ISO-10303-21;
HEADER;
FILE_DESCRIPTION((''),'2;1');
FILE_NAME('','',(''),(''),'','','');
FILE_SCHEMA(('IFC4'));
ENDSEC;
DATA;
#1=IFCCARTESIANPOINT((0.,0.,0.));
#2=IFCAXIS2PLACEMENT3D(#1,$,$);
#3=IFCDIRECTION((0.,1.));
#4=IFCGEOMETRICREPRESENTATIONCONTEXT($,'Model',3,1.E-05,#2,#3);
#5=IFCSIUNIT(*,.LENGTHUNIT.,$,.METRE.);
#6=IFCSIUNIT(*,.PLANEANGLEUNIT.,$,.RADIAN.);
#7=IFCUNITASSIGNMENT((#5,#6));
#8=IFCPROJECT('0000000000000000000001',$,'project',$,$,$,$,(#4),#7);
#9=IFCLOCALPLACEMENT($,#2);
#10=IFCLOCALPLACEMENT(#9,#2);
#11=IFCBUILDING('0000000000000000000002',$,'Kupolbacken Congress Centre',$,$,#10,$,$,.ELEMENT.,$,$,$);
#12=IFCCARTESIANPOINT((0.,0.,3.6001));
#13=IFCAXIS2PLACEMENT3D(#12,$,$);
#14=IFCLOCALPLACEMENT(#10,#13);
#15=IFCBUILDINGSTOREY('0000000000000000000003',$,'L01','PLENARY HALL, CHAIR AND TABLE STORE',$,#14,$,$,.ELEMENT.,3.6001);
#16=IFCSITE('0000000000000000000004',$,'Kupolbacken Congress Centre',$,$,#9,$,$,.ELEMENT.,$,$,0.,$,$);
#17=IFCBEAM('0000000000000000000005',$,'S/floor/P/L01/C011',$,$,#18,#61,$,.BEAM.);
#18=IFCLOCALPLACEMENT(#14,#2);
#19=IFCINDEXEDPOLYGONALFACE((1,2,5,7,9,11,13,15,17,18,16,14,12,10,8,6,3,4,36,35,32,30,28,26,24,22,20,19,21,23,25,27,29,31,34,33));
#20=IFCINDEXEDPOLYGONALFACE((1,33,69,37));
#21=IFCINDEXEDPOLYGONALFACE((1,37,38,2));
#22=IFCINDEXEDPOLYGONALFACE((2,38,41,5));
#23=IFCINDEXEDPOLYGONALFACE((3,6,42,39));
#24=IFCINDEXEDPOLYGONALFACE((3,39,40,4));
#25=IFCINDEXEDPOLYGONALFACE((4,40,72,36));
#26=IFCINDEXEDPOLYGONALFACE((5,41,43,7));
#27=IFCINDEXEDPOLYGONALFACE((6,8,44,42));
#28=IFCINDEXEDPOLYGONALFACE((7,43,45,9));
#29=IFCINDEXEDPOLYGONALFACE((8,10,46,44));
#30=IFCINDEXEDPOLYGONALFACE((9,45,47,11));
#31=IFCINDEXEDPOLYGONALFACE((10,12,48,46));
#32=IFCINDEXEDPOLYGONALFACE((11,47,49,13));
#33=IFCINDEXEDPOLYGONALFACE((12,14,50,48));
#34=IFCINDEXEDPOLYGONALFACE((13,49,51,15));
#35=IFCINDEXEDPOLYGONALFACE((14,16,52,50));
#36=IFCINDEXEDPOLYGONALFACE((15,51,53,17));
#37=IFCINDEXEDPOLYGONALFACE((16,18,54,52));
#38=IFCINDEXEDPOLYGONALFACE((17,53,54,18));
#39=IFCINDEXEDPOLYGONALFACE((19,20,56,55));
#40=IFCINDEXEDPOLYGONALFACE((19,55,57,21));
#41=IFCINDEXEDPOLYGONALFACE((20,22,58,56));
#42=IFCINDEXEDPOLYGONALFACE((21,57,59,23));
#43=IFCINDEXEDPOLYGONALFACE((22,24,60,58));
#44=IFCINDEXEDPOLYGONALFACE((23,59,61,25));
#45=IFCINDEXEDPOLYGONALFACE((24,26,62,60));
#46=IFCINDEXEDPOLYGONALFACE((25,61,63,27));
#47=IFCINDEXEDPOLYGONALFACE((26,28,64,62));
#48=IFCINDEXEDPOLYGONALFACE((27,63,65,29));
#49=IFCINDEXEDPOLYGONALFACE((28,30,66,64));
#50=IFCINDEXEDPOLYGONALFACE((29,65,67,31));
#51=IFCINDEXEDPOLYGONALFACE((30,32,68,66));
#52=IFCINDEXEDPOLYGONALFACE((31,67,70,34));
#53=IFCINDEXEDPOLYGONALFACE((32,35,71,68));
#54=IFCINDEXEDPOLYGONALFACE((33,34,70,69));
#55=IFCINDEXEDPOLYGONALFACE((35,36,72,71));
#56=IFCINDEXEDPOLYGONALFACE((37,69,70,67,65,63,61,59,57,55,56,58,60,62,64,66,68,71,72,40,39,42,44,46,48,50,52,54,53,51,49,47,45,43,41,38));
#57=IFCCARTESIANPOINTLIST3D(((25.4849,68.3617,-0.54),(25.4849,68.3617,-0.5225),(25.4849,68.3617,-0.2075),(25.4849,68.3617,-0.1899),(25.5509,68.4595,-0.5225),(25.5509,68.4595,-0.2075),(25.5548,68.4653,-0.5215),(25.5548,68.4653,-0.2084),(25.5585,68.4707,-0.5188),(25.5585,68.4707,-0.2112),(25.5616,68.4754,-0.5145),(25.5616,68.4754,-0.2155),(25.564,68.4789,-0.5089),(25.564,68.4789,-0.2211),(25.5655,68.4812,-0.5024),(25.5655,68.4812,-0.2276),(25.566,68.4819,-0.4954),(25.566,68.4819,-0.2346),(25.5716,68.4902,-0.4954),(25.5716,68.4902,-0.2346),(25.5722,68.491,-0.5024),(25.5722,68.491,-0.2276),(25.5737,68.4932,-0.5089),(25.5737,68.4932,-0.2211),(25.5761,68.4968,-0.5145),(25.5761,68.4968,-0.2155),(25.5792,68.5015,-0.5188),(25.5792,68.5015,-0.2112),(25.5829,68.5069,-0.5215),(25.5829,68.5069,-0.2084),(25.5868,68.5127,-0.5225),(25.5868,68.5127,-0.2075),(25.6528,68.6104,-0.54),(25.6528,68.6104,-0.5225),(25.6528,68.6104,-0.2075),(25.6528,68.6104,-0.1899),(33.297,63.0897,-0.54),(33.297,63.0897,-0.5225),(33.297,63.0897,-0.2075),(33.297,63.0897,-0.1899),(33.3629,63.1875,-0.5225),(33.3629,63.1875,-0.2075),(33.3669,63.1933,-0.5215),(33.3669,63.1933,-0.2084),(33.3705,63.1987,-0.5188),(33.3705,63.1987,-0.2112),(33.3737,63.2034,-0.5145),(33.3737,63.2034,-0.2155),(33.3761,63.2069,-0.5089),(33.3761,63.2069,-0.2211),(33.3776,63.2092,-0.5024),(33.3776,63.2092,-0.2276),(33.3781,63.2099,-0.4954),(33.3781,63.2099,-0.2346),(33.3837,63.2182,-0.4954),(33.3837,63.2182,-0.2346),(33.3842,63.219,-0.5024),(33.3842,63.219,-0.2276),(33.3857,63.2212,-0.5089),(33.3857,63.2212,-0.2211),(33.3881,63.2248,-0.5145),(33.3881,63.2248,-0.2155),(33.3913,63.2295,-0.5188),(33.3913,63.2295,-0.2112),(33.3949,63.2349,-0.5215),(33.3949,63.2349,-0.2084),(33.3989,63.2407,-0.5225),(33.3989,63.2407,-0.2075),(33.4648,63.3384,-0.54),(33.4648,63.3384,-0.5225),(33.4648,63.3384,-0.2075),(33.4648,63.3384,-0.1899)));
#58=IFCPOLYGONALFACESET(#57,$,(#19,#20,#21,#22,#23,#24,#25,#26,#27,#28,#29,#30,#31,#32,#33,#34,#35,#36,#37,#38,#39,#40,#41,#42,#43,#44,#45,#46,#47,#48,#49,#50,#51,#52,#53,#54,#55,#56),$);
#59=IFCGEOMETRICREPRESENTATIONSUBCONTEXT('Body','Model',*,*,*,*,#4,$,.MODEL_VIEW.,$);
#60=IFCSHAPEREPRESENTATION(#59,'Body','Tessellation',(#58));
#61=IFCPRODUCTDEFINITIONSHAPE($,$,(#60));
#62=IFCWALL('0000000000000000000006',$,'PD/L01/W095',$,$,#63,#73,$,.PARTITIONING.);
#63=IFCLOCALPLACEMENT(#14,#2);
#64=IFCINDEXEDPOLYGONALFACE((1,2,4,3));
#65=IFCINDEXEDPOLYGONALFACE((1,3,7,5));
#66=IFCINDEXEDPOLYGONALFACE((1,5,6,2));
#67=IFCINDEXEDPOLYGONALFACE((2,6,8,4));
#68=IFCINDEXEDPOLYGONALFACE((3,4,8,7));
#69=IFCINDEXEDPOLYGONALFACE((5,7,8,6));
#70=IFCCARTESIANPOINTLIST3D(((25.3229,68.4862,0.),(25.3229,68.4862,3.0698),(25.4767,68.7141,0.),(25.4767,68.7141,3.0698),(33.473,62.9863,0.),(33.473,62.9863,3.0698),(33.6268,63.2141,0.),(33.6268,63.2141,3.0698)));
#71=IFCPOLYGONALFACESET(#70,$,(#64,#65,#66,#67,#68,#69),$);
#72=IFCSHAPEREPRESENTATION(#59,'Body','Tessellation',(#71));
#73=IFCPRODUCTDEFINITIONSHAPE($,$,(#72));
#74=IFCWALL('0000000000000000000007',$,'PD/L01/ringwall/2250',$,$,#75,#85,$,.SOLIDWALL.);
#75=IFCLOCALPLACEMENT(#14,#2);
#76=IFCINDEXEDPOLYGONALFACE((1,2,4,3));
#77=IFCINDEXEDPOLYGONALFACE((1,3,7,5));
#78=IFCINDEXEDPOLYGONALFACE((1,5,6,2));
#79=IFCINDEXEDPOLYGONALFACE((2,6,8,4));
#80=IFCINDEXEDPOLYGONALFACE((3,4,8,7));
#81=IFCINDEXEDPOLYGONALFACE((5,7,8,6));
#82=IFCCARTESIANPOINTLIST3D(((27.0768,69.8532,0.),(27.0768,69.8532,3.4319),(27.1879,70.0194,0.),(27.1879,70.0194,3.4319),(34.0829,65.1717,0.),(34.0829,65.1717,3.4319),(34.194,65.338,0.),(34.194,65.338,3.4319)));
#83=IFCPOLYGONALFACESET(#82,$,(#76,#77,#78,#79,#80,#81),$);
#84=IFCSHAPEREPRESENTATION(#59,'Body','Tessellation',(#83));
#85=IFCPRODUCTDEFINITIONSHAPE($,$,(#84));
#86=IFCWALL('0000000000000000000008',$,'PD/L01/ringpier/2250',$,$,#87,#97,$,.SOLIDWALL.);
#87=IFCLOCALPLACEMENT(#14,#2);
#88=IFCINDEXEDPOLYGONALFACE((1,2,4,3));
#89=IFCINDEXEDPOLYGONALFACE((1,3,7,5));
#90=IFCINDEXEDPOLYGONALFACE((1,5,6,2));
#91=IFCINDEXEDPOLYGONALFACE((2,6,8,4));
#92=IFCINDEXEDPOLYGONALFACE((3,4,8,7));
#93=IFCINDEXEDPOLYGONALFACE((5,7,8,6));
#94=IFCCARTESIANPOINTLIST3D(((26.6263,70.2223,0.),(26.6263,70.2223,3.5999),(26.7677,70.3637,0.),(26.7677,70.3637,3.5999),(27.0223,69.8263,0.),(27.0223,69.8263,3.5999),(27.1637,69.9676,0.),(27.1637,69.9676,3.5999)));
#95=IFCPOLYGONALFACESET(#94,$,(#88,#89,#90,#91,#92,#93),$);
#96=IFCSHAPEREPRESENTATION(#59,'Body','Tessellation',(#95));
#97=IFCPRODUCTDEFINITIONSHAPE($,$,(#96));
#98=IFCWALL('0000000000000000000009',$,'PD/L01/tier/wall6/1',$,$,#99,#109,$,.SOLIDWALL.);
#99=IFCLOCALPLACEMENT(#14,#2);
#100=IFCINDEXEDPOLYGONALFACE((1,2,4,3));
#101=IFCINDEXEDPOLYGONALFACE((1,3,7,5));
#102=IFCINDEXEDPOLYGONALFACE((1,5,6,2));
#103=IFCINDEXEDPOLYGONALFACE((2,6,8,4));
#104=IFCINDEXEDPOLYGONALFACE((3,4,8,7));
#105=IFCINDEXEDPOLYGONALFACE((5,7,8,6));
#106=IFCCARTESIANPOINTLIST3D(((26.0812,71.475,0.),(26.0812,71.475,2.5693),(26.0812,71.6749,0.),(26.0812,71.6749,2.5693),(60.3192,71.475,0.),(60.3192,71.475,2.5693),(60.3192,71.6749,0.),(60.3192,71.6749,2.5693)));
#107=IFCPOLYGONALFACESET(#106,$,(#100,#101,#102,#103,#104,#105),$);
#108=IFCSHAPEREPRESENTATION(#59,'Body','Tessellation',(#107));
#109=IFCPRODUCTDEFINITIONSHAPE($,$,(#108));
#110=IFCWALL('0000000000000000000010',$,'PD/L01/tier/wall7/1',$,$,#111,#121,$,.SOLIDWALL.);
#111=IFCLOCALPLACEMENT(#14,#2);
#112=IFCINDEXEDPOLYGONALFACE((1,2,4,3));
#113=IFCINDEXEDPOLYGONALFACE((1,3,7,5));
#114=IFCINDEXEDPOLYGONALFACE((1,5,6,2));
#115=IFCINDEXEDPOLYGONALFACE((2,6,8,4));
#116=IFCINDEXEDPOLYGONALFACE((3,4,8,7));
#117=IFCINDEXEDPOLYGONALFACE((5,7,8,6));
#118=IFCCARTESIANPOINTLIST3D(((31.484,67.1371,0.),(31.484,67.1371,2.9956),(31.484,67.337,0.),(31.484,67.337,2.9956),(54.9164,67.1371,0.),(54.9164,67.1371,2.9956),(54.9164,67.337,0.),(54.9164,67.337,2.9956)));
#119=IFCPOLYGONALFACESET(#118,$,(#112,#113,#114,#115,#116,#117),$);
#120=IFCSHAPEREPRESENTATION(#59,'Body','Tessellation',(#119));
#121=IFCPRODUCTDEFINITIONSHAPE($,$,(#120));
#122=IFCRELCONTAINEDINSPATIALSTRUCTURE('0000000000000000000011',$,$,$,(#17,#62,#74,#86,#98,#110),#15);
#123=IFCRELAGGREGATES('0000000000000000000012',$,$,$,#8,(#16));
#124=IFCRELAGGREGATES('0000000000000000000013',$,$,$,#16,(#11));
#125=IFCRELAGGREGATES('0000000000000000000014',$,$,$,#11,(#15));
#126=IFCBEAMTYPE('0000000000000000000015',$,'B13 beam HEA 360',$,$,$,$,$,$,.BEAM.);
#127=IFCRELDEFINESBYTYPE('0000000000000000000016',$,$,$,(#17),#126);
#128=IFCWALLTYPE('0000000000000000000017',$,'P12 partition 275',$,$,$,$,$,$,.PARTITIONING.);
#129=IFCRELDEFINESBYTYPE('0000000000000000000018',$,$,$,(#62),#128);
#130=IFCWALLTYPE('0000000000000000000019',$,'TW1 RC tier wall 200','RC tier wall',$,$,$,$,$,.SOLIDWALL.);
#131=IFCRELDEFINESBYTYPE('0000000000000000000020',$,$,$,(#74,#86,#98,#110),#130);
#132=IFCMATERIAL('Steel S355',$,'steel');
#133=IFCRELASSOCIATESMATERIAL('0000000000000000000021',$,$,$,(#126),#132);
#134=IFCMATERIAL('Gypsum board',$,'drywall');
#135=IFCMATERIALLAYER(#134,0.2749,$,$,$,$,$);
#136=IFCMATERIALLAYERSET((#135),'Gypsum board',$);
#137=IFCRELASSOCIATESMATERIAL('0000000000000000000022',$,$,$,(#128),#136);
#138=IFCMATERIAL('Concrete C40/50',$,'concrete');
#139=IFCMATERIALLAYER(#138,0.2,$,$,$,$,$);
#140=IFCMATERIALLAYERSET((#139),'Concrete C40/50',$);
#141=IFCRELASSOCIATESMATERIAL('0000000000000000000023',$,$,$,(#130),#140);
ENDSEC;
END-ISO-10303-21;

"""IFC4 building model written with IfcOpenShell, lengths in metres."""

from ifc_helpers import new_model, si_unit, direction, frame, frame_2d, origin, origin_2d, place, context, subcontext, project, spatial, rectangle, i_section, extrude, material, layer, layer_set, material_profile, profile_set, type_object, element, save


model = new_model("IFC4")

# Units and contexts
model_context = context("Model", 3, precision=1e-05, world=origin(), true_north=direction((0.0, 1.0)))
body_context = subcontext(model_context, "Body", "Model", "MODEL_VIEW")
ifc_project = project(units=[si_unit("LENGTHUNIT", "METRE"), si_unit("PLANEANGLEUNIT", "RADIAN")], contexts=[model_context])

# Site, building, storey
site_placement = place(None, origin())
site = spatial("IfcSite", under=ifc_project, at=site_placement, Name="Kupolbacken Congress Centre", CompositionType="ELEMENT", RefElevation=0.0)
building_placement = place(site_placement, origin())
building = spatial("IfcBuilding", under=site, at=building_placement, Name="Kupolbacken Congress Centre", CompositionType="ELEMENT")
storey_placement = place(building_placement, frame((0.0, 0.0, 3.6001)))
storey = spatial("IfcBuildingStorey", under=building, at=storey_placement, Name="L01", Description="PLENARY HALL, CHAIR AND TABLE STORE", CompositionType="ELEMENT", Elevation=3.6001)

# Beam
ifc_material_1 = material(Name="Steel S355", Category="steel")
ifc_material_profile_1 = material_profile(ifc_material_1, i_section(OverallWidth=0.3, OverallDepth=0.3501, WebThickness=0.01, FlangeThickness=0.0176, FilletRadius=0.0271, at=origin_2d()), Name="HEA 360")
ifc_profile_set_1 = profile_set([ifc_material_profile_1], Name="Steel S355")
beam_type_1 = type_object("IfcBeamType", Name="B13 beam HEA 360", PredefinedType="BEAM", material=ifc_profile_set_1)
beam_1_placement = place(storey_placement, frame((25.5688, 68.4861, -0.365), z_axis=(0.828905, -0.55939, 0.0), x_axis=(0.55939, 0.828905, 0.0)))
element("IfcBeam", 1, at=beam_1_placement, inside=storey, type_object=beam_type_1, Name="S/floor/P/L01/C011", PredefinedType="BEAM", context=body_context, shape_type="SweptSolid", body=[
    extrude(i_section(OverallWidth=0.3, OverallDepth=0.3501, WebThickness=0.01, FlangeThickness=0.0176, FilletRadius=0.0271, at=origin_2d()), origin(), (0.0, 0.0, 1.0), 9.4246),
])

# Walls
ifc_material_2 = material(Name="Gypsum board", Category="drywall")
ifc_layer_1 = layer(ifc_material_2, 0.2749)
ifc_layer_set_1 = layer_set([ifc_layer_1], Name="Gypsum board")
wall_type_1 = type_object("IfcWallType", Name="P12 partition 275", PredefinedType="PARTITIONING", material=ifc_layer_set_1)
wall_1_placement = place(storey_placement, frame((25.3999, 68.6001, 0.0), z_axis=(0.0, 0.0, 1.0), x_axis=(0.828912, -0.559379, 0.0)))
element("IfcWall", 2, at=wall_1_placement, inside=storey, type_object=wall_type_1, Name="PD/L01/W095", PredefinedType="PARTITIONING", context=body_context, shape_type="SweptSolid", body=[
    extrude(rectangle(XDim=9.8323, YDim=0.2749, at=frame_2d((4.916, 0.0))), origin(), (0.0, 0.0, 1.0), 3.0698),
])
ifc_material_3 = material(Name="Concrete C40/50", Category="concrete")
ifc_layer_2 = layer(ifc_material_3, 0.2)
ifc_layer_set_2 = layer_set([ifc_layer_2], Name="Concrete C40/50")
wall_type_2 = type_object("IfcWallType", Name="TW1 RC tier wall 200", Description="RC tier wall", PredefinedType="SOLIDWALL", material=ifc_layer_set_2)
wall_2_placement = place(storey_placement, frame((27.1323, 69.9363, 0.0), z_axis=(0.0, 0.0, 1.0), x_axis=(0.831466, -0.555576, 0.0)))
element("IfcWall", 3, at=wall_2_placement, inside=storey, type_object=wall_type_2, Name="PD/L01/ringwall/2250", PredefinedType="SOLIDWALL", context=body_context, shape_type="SweptSolid", body=[
    extrude(rectangle(XDim=8.4263, YDim=0.2, at=frame_2d((4.2131, 0.0))), origin(), (0.0, 0.0, 1.0), 3.4319),
])
wall_3_placement = place(storey_placement, frame((26.697, 70.293, 0.0), z_axis=(0.0, 0.0, 1.0), x_axis=(0.707107, -0.707107, 0.0)))
element("IfcWall", 4, at=wall_3_placement, inside=storey, type_object=wall_type_2, Name="PD/L01/ringpier/2250", PredefinedType="SOLIDWALL", context=body_context, shape_type="SweptSolid", body=[
    extrude(rectangle(XDim=0.5601, YDim=0.2, at=frame_2d((0.28, 0.0))), origin(), (0.0, 0.0, 1.0), 3.5999),
])
wall_4_placement = place(storey_placement, frame((26.0811, 71.575, 0.0), z_axis=(0.0, 0.0, 1.0), x_axis=(1.0, 0.0, 0.0)))
element("IfcWall", 5, at=wall_4_placement, inside=storey, type_object=wall_type_2, Name="PD/L01/tier/wall6/1", PredefinedType="SOLIDWALL", context=body_context, shape_type="SweptSolid", body=[
    extrude(rectangle(XDim=34.238, YDim=0.2, at=frame_2d((17.1191, 0.0))), origin(), (0.0, 0.0, 1.0), 2.5693),
])
wall_5_placement = place(storey_placement, frame((31.4839, 67.2371, 0.0), z_axis=(0.0, 0.0, 1.0), x_axis=(1.0, 0.0, 0.0)))
element("IfcWall", 6, at=wall_5_placement, inside=storey, type_object=wall_type_2, Name="PD/L01/tier/wall7/1", PredefinedType="SOLIDWALL", context=body_context, shape_type="SweptSolid", body=[
    extrude(rectangle(XDim=23.4324, YDim=0.2, at=frame_2d((11.7163, 0.0))), origin(), (0.0, 0.0, 1.0), 2.9956),
])

save(model, "model.ifc")
